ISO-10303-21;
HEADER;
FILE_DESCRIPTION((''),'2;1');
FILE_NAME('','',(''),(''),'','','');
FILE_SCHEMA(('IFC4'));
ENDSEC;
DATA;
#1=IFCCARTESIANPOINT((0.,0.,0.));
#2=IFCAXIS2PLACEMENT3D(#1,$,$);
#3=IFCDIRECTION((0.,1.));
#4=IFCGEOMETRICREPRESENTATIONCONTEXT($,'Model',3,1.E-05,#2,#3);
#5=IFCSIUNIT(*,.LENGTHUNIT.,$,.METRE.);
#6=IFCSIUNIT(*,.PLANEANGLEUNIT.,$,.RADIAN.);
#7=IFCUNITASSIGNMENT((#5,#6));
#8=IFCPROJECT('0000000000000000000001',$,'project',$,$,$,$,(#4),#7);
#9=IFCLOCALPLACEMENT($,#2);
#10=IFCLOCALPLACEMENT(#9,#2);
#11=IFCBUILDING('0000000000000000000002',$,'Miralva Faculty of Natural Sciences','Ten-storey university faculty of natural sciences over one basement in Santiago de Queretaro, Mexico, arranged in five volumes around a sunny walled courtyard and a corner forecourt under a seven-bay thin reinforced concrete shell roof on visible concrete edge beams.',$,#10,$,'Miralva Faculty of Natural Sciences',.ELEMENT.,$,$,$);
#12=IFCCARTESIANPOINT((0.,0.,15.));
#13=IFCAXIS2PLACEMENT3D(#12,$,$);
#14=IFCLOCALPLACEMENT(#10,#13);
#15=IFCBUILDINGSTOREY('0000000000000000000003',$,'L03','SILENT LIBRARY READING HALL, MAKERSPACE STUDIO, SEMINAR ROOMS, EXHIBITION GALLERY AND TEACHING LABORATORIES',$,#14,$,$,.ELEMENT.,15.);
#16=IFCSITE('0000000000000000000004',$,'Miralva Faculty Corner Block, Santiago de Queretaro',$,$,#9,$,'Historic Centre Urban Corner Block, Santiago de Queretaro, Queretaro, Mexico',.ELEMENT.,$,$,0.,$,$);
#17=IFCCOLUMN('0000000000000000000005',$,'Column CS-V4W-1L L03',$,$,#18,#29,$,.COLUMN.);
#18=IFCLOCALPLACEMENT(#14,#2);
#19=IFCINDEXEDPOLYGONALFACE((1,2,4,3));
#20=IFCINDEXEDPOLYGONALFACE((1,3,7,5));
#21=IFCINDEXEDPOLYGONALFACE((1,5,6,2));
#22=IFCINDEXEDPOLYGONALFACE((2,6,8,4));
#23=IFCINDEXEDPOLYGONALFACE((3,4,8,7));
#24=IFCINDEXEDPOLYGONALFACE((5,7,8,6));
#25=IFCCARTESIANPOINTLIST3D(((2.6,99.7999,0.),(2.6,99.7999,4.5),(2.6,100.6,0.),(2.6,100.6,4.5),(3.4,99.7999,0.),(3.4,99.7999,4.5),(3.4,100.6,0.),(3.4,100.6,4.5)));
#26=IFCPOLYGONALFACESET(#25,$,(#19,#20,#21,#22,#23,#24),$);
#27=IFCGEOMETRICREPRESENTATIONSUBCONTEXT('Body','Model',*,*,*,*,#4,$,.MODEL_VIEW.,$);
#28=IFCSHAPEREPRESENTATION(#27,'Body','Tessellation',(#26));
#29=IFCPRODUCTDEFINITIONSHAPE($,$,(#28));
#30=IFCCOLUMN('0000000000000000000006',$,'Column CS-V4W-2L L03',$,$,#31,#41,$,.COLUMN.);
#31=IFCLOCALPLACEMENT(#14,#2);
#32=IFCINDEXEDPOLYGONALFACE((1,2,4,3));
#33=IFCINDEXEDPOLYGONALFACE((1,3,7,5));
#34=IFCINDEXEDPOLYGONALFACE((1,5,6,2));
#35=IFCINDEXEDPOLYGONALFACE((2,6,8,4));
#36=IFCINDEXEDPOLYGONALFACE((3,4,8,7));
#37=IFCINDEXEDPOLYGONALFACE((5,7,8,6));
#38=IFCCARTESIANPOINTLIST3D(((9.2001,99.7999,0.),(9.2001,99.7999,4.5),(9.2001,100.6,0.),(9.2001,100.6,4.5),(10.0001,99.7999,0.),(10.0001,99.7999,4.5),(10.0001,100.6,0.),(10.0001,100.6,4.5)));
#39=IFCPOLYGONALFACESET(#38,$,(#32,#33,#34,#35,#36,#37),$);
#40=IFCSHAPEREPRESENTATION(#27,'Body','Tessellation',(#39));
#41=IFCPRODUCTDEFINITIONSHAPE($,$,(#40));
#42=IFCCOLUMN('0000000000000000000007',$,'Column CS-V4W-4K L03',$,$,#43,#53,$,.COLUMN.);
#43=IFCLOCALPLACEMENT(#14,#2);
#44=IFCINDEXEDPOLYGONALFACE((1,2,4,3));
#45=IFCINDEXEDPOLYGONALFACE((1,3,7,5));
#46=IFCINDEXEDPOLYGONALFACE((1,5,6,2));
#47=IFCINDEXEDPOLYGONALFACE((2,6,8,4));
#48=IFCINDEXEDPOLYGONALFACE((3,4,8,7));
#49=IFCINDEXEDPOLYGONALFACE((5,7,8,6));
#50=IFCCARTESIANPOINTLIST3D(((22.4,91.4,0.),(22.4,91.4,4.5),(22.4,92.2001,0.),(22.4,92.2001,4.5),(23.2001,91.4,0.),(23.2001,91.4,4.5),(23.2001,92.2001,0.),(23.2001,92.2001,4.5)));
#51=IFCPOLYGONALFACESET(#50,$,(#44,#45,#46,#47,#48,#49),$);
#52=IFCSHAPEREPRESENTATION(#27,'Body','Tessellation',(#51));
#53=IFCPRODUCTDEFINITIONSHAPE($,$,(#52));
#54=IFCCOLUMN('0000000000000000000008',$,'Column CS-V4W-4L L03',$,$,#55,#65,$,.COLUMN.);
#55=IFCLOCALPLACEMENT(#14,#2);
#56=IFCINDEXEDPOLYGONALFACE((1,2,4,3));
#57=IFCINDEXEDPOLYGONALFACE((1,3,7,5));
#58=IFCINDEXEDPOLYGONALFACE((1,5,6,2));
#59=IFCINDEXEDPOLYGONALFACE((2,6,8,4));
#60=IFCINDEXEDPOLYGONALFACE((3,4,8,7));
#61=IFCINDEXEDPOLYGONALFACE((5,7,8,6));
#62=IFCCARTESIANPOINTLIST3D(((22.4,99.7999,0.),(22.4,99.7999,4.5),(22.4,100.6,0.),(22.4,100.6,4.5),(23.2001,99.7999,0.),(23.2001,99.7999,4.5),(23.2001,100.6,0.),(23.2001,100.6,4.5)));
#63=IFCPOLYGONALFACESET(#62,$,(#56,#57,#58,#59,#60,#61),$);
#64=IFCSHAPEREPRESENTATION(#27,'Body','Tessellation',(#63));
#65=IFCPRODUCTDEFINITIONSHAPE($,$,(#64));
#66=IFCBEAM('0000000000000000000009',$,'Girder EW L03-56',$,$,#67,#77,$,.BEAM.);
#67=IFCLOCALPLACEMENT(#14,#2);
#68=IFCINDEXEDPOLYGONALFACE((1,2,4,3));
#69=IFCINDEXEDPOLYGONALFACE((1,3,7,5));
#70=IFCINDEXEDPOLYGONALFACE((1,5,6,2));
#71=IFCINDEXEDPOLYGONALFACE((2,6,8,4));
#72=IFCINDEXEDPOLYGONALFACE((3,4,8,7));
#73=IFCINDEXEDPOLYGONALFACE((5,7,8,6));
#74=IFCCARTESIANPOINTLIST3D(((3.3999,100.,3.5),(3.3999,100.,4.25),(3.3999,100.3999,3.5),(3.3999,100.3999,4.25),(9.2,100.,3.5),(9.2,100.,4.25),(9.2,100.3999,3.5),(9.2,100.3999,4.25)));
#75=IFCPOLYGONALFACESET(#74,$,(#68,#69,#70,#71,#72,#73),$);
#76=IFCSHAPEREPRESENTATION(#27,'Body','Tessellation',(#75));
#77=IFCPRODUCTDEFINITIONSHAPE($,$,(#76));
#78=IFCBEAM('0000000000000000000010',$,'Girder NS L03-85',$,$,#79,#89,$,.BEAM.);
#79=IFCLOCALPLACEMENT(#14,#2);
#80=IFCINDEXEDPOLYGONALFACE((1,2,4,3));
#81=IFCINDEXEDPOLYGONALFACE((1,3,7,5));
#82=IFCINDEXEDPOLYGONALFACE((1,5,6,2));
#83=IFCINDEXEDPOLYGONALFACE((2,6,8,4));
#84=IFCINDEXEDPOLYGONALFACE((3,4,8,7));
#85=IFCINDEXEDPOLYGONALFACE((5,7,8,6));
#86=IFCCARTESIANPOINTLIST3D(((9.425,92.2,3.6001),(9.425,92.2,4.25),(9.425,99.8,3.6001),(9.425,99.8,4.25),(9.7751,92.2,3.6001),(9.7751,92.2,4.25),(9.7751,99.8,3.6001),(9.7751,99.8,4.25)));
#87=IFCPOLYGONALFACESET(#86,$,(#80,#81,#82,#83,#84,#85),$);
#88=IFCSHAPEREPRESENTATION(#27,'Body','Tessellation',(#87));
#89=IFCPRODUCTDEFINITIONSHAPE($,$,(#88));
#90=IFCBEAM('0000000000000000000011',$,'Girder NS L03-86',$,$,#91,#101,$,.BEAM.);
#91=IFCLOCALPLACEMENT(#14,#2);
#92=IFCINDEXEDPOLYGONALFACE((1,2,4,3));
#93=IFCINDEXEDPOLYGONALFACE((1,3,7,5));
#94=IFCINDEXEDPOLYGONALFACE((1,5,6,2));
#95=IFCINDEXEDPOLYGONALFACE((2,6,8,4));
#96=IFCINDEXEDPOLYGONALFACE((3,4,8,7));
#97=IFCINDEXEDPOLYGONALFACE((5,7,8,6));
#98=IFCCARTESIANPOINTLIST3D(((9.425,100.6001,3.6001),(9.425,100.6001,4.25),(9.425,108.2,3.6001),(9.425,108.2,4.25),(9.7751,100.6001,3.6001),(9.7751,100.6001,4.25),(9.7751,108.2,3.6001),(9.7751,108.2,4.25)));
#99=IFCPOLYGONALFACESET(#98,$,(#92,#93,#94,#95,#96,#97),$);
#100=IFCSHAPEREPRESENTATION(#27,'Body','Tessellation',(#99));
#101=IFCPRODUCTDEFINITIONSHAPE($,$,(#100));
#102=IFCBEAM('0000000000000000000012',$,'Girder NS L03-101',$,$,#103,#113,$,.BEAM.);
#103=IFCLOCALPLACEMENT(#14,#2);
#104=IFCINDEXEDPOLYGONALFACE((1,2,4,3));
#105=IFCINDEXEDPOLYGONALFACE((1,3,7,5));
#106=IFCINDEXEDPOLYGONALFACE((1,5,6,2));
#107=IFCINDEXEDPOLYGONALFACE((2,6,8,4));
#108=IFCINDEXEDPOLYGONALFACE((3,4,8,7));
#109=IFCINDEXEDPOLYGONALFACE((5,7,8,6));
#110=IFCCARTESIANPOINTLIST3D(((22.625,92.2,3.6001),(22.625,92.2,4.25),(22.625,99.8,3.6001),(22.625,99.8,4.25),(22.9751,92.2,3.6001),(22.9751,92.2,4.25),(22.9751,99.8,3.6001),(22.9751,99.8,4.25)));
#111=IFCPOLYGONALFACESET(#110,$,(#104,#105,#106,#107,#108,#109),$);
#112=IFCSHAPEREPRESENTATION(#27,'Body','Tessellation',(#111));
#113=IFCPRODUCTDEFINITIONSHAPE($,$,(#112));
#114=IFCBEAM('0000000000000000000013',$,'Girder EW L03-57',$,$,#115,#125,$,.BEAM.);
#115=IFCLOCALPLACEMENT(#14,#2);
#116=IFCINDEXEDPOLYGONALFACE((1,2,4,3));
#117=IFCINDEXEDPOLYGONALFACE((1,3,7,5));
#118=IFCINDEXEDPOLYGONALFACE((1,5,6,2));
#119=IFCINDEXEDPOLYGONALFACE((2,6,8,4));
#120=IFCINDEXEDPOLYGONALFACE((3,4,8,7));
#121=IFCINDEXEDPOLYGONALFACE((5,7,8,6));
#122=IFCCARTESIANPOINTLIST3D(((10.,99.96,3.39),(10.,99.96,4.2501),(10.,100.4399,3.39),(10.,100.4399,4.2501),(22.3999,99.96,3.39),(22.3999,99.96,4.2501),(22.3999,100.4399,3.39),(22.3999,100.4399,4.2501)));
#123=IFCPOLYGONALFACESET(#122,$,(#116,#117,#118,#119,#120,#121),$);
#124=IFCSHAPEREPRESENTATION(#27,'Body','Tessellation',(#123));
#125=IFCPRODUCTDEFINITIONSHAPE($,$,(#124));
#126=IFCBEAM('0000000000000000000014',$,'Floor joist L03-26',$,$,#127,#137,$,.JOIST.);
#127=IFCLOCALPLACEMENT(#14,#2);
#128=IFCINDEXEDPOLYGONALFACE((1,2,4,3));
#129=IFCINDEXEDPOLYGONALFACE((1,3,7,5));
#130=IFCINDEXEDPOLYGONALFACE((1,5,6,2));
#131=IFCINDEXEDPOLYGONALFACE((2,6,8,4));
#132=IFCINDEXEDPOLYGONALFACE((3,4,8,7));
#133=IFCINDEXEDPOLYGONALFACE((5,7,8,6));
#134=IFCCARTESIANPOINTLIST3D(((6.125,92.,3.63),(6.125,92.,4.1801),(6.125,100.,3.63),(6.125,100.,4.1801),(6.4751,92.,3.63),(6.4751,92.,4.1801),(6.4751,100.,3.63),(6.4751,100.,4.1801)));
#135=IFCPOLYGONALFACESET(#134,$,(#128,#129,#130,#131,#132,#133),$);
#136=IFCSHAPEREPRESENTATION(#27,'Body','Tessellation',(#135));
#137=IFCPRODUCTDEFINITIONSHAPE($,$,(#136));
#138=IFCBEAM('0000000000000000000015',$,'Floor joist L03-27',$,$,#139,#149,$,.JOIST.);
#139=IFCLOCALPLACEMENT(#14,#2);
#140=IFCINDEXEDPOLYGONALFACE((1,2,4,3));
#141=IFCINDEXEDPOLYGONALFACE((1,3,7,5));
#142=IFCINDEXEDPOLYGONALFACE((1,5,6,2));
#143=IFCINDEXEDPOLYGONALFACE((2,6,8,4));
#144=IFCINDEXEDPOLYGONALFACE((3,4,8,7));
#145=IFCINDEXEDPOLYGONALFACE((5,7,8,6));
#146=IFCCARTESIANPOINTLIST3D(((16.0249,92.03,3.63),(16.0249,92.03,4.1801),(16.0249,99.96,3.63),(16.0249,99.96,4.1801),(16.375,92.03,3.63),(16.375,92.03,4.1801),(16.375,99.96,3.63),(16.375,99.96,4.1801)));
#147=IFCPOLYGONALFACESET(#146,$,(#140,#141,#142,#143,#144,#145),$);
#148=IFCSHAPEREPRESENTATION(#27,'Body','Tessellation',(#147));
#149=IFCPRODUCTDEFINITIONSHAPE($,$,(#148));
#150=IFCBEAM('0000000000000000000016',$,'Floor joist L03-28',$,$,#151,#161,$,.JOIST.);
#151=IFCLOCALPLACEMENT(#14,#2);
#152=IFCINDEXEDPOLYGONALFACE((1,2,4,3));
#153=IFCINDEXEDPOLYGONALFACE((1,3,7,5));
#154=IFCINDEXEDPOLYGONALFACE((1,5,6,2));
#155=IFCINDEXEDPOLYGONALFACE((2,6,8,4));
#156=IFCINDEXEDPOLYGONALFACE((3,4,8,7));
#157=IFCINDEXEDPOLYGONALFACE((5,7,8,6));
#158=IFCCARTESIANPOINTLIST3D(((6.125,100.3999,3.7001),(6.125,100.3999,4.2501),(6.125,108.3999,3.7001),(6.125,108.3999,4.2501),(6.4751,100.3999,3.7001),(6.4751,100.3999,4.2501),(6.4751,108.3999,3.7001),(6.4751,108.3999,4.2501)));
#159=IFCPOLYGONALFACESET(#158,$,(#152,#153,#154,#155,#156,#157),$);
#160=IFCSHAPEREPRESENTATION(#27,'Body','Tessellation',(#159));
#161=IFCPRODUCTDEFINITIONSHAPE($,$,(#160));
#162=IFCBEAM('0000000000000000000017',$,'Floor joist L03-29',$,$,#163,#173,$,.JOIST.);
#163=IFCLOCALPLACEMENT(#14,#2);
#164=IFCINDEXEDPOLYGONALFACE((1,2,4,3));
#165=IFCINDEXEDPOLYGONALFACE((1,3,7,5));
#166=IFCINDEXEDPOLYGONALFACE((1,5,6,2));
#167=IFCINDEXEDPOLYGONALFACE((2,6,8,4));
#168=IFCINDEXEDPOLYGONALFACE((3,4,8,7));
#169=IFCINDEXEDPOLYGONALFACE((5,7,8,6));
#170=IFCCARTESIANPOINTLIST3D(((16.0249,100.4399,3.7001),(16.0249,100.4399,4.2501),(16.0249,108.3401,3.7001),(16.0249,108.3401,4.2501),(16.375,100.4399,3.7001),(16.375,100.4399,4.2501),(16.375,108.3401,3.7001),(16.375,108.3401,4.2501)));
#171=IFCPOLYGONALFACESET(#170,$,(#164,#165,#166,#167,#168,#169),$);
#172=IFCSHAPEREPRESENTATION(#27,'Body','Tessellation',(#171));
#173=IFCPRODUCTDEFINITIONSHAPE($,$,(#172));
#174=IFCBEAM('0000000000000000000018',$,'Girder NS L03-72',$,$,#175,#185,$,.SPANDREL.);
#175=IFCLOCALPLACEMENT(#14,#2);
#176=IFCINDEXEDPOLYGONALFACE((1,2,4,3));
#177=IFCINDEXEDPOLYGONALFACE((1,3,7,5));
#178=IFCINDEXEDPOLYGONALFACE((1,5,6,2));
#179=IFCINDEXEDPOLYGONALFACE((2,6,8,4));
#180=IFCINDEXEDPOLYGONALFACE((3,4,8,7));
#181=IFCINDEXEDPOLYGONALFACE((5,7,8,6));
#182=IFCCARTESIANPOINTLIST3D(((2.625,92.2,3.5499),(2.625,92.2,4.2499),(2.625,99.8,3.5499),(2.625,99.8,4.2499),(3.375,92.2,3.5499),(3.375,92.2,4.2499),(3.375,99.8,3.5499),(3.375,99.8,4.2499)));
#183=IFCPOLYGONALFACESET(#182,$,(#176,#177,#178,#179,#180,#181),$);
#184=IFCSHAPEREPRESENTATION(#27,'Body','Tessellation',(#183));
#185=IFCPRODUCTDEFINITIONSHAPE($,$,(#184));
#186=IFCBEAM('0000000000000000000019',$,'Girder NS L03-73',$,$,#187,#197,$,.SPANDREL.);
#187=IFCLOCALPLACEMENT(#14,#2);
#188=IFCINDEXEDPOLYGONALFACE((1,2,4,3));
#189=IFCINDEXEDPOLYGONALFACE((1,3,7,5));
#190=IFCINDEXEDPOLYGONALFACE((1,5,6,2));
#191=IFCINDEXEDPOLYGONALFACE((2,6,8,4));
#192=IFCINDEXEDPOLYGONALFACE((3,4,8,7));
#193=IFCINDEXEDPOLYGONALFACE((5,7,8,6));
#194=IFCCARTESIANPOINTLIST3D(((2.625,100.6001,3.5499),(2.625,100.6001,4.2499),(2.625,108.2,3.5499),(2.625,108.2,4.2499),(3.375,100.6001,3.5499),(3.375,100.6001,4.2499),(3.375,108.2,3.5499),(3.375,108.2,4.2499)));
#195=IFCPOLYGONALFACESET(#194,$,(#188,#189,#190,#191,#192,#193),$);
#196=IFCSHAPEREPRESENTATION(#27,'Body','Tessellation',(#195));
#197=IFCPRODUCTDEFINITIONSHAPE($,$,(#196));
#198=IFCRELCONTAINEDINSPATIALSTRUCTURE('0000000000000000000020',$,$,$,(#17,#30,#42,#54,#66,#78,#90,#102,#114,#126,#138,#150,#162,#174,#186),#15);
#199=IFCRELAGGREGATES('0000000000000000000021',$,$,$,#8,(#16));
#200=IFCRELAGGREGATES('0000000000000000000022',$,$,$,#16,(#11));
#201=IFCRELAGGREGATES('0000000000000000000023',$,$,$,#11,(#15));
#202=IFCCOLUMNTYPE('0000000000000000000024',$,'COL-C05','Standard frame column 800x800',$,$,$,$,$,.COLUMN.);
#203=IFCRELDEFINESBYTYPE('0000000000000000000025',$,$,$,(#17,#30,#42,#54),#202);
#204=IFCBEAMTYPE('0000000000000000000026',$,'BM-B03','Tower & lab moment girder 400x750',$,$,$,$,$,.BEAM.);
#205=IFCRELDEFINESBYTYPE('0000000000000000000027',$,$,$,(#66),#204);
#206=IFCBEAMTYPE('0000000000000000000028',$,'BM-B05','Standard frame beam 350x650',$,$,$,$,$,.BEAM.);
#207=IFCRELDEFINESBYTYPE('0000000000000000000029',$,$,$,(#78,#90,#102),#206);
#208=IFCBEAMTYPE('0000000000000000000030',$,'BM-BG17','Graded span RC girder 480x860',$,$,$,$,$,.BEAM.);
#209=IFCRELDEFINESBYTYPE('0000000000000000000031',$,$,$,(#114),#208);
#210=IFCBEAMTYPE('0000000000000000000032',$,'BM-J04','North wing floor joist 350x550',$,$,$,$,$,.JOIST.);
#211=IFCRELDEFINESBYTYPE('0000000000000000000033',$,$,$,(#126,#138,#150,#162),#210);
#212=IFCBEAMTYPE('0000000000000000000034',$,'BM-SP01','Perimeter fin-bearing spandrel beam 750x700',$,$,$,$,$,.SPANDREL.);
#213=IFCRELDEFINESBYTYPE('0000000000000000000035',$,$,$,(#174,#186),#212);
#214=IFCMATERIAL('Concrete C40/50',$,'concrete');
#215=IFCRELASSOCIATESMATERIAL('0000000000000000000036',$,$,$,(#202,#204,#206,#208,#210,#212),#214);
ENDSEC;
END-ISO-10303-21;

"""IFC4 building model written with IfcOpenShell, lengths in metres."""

from ifc_helpers import new_model, si_unit, direction, frame, origin, origin_2d, place, context, subcontext, project, spatial, rectangle, extrude, material, material_profile, profile_set, type_object, element, save


model = new_model("IFC4")

# Units and contexts
model_context = context("Model", 3, precision=1e-05, world=origin(), true_north=direction((0.0, 1.0)))
body_context = subcontext(model_context, "Body", "Model", "MODEL_VIEW")
ifc_project = project(units=[si_unit("LENGTHUNIT", "METRE"), si_unit("PLANEANGLEUNIT", "RADIAN")], contexts=[model_context])

# Site, building, storey
site_placement = place(None, origin())
site = spatial("IfcSite", under=ifc_project, at=site_placement, Name="Miralva Faculty Corner Block, Santiago de Queretaro", LongName="Historic Centre Urban Corner Block, Santiago de Queretaro, Queretaro, Mexico", CompositionType="ELEMENT", RefElevation=0.0)
building_placement = place(site_placement, origin())
building = spatial("IfcBuilding", under=site, at=building_placement, Name="Miralva Faculty of Natural Sciences", Description="Ten-storey university faculty of natural sciences over one basement in Santiago de Queretaro, Mexico, arranged in five volumes around a sunny walled courtyard and a corner forecourt under a seven-bay thin reinforced concrete shell roof on visible concrete edge beams.", LongName="Miralva Faculty of Natural Sciences", CompositionType="ELEMENT")
storey_placement = place(building_placement, frame((0.0, 0.0, 15.0)))
storey = spatial("IfcBuildingStorey", under=building, at=storey_placement, Name="L03", Description="SILENT LIBRARY READING HALL, MAKERSPACE STUDIO, SEMINAR ROOMS, EXHIBITION GALLERY AND TEACHING LABORATORIES", CompositionType="ELEMENT", Elevation=15.0)

# Columns
ifc_material_1 = material(Name="Concrete C40/50", Category="concrete")
ifc_material_profile_1 = material_profile(ifc_material_1, rectangle(XDim=0.8, YDim=0.8, at=origin_2d()), Name="RC 800x800")
ifc_profile_set_1 = profile_set([ifc_material_profile_1], Name="Concrete C40/50")
column_type = type_object("IfcColumnType", Name="COL-C05", Description="Standard frame column 800x800", PredefinedType="COLUMN", material=ifc_profile_set_1)
for number, where, z_axis, x_axis, name in (
    (1, (3.0, 100.2, 0.0), (0.0, 0.0, 1.0), (1.0, 0.0, 0.0), "Column CS-V4W-1L L03"),
    (2, (9.6001, 100.2, 0.0), (0.0, 0.0, 1.0), (1.0, 0.0, 0.0), "Column CS-V4W-2L L03"),
    (3, (22.8, 91.8, 0.0), (0.0, 0.0, 1.0), (1.0, 0.0, 0.0), "Column CS-V4W-4K L03"),
    (4, (22.8, 100.2, 0.0), (0.0, 0.0, 1.0), (1.0, 0.0, 0.0), "Column CS-V4W-4L L03"),
):
    element("IfcColumn", number, at=place(storey_placement, frame(where, z_axis=z_axis, x_axis=x_axis)), inside=storey, type_object=column_type, Name=name, PredefinedType="COLUMN", context=body_context, shape_type="SweptSolid", body=[
        extrude(rectangle(XDim=0.8, YDim=0.8, at=origin_2d()), origin(), (0.0, 0.0, 1.0), 4.5),
    ])

# Beams
ifc_material_profile_2 = material_profile(ifc_material_1, rectangle(XDim=0.3999, YDim=0.75, at=origin_2d()), Name="RC 400x750")
ifc_profile_set_2 = profile_set([ifc_material_profile_2], Name="Concrete C40/50")
beam_type_1 = type_object("IfcBeamType", Name="BM-B03", Description="Tower & lab moment girder 400x750", PredefinedType="BEAM", material=ifc_profile_set_2)
beam_1_placement = place(storey_placement, frame((3.3999, 100.2, 3.875), z_axis=(1.0, 0.0, 0.0), x_axis=(0.0, 1.0, 0.0)))
element("IfcBeam", 5, at=beam_1_placement, inside=storey, type_object=beam_type_1, Name="Girder EW L03-56", PredefinedType="BEAM", context=body_context, shape_type="SweptSolid", body=[
    extrude(rectangle(XDim=0.3999, YDim=0.75, at=origin_2d()), origin(), (0.0, 0.0, 1.0), 5.8),
])
ifc_material_profile_3 = material_profile(ifc_material_1, rectangle(XDim=0.3501, YDim=0.6499, at=origin_2d()), Name="RC 350x650")
ifc_profile_set_3 = profile_set([ifc_material_profile_3], Name="Concrete C40/50")
beam_type_2 = type_object("IfcBeamType", Name="BM-B05", Description="Standard frame beam 350x650", PredefinedType="BEAM", material=ifc_profile_set_3)
beam_2_placement = place(storey_placement, frame((9.6001, 92.2, 3.925), z_axis=(0.0, 1.0, 0.0), x_axis=(-1.0, 0.0, 0.0)))
element("IfcBeam", 6, at=beam_2_placement, inside=storey, type_object=beam_type_2, Name="Girder NS L03-85", PredefinedType="BEAM", context=body_context, shape_type="SweptSolid", body=[
    extrude(rectangle(XDim=0.3501, YDim=0.6499, at=origin_2d()), origin(), (0.0, 0.0, 1.0), 7.6001),
])
beam_3_placement = place(storey_placement, frame((9.6001, 100.6001, 3.925), z_axis=(0.0, 1.0, 0.0), x_axis=(-1.0, 0.0, 0.0)))
element("IfcBeam", 7, at=beam_3_placement, inside=storey, type_object=beam_type_2, Name="Girder NS L03-86", PredefinedType="BEAM", context=body_context, shape_type="SweptSolid", body=[
    extrude(rectangle(XDim=0.3501, YDim=0.6499, at=origin_2d()), origin(), (0.0, 0.0, 1.0), 7.5999),
])
beam_4_placement = place(storey_placement, frame((22.8, 92.2, 3.925), z_axis=(0.0, 1.0, 0.0), x_axis=(-1.0, 0.0, 0.0)))
element("IfcBeam", 8, at=beam_4_placement, inside=storey, type_object=beam_type_2, Name="Girder NS L03-101", PredefinedType="BEAM", context=body_context, shape_type="SweptSolid", body=[
    extrude(rectangle(XDim=0.3501, YDim=0.6499, at=origin_2d()), origin(), (0.0, 0.0, 1.0), 7.6001),
])
ifc_material_profile_4 = material_profile(ifc_material_1, rectangle(XDim=0.48, YDim=0.8601, at=origin_2d()), Name="RC 480x860")
ifc_profile_set_4 = profile_set([ifc_material_profile_4], Name="Concrete C40/50")
beam_type_3 = type_object("IfcBeamType", Name="BM-BG17", Description="Graded span RC girder 480x860", PredefinedType="BEAM", material=ifc_profile_set_4)
beam_5_placement = place(storey_placement, frame((10.0, 100.2, 3.8201), z_axis=(1.0, 0.0, 0.0), x_axis=(0.0, 1.0, 0.0)))
element("IfcBeam", 9, at=beam_5_placement, inside=storey, type_object=beam_type_3, Name="Girder EW L03-57", PredefinedType="BEAM", context=body_context, shape_type="SweptSolid", body=[
    extrude(rectangle(XDim=0.48, YDim=0.8601, at=origin_2d()), origin(), (0.0, 0.0, 1.0), 12.3999),
])
ifc_material_profile_5 = material_profile(ifc_material_1, rectangle(XDim=0.3501, YDim=0.55, at=origin_2d()), Name="RC 350x550")
ifc_profile_set_5 = profile_set([ifc_material_profile_5], Name="Concrete C40/50")
beam_type_4 = type_object("IfcBeamType", Name="BM-J04", Description="North wing floor joist 350x550", PredefinedType="JOIST", material=ifc_profile_set_5)
beam_6_placement = place(storey_placement, frame((6.3, 92.0, 3.905), z_axis=(0.0, 1.0, 0.0), x_axis=(-1.0, 0.0, 0.0)))
element("IfcBeam", 10, at=beam_6_placement, inside=storey, type_object=beam_type_4, Name="Floor joist L03-26", PredefinedType="JOIST", context=body_context, shape_type="SweptSolid", body=[
    extrude(rectangle(XDim=0.3501, YDim=0.55, at=origin_2d()), origin(), (0.0, 0.0, 1.0), 8.0),
])
beam_7_placement = place(storey_placement, frame((16.2, 92.03, 3.905), z_axis=(0.0, 1.0, 0.0), x_axis=(-1.0, 0.0, 0.0)))
element("IfcBeam", 11, at=beam_7_placement, inside=storey, type_object=beam_type_4, Name="Floor joist L03-27", PredefinedType="JOIST", context=body_context, shape_type="SweptSolid", body=[
    extrude(rectangle(XDim=0.3501, YDim=0.55, at=origin_2d()), origin(), (0.0, 0.0, 1.0), 7.9299),
])
beam_8_placement = place(storey_placement, frame((6.3, 100.3999, 3.9751), z_axis=(0.0, 1.0, 0.0), x_axis=(-1.0, 0.0, 0.0)))
element("IfcBeam", 12, at=beam_8_placement, inside=storey, type_object=beam_type_4, Name="Floor joist L03-28", PredefinedType="JOIST", context=body_context, shape_type="SweptSolid", body=[
    extrude(rectangle(XDim=0.3501, YDim=0.55, at=origin_2d()), origin(), (0.0, 0.0, 1.0), 8.0),
])
beam_9_placement = place(storey_placement, frame((16.2, 100.4399, 3.9751), z_axis=(0.0, 1.0, 0.0), x_axis=(-1.0, 0.0, 0.0)))
element("IfcBeam", 13, at=beam_9_placement, inside=storey, type_object=beam_type_4, Name="Floor joist L03-29", PredefinedType="JOIST", context=body_context, shape_type="SweptSolid", body=[
    extrude(rectangle(XDim=0.3501, YDim=0.55, at=origin_2d()), origin(), (0.0, 0.0, 1.0), 7.9001),
])
ifc_material_profile_6 = material_profile(ifc_material_1, rectangle(XDim=0.75, YDim=0.7, at=origin_2d()), Name="RC 750x700")
ifc_profile_set_6 = profile_set([ifc_material_profile_6], Name="Concrete C40/50")
beam_type_5 = type_object("IfcBeamType", Name="BM-SP01", Description="Perimeter fin-bearing spandrel beam 750x700", PredefinedType="SPANDREL", material=ifc_profile_set_6)
beam_10_placement = place(storey_placement, frame((3.0, 92.2, 3.8999), z_axis=(0.0, 1.0, 0.0), x_axis=(-1.0, 0.0, 0.0)))
element("IfcBeam", 14, at=beam_10_placement, inside=storey, type_object=beam_type_5, Name="Girder NS L03-72", PredefinedType="SPANDREL", context=body_context, shape_type="SweptSolid", body=[
    extrude(rectangle(XDim=0.75, YDim=0.7, at=origin_2d()), origin(), (0.0, 0.0, 1.0), 7.6001),
])
beam_11_placement = place(storey_placement, frame((3.0, 100.6001, 3.8999), z_axis=(0.0, 1.0, 0.0), x_axis=(-1.0, 0.0, 0.0)))
element("IfcBeam", 15, at=beam_11_placement, inside=storey, type_object=beam_type_5, Name="Girder NS L03-73", PredefinedType="SPANDREL", context=body_context, shape_type="SweptSolid", body=[
    extrude(rectangle(XDim=0.75, YDim=0.7, at=origin_2d()), origin(), (0.0, 0.0, 1.0), 7.5999),
])

save(model, "model.ifc")
